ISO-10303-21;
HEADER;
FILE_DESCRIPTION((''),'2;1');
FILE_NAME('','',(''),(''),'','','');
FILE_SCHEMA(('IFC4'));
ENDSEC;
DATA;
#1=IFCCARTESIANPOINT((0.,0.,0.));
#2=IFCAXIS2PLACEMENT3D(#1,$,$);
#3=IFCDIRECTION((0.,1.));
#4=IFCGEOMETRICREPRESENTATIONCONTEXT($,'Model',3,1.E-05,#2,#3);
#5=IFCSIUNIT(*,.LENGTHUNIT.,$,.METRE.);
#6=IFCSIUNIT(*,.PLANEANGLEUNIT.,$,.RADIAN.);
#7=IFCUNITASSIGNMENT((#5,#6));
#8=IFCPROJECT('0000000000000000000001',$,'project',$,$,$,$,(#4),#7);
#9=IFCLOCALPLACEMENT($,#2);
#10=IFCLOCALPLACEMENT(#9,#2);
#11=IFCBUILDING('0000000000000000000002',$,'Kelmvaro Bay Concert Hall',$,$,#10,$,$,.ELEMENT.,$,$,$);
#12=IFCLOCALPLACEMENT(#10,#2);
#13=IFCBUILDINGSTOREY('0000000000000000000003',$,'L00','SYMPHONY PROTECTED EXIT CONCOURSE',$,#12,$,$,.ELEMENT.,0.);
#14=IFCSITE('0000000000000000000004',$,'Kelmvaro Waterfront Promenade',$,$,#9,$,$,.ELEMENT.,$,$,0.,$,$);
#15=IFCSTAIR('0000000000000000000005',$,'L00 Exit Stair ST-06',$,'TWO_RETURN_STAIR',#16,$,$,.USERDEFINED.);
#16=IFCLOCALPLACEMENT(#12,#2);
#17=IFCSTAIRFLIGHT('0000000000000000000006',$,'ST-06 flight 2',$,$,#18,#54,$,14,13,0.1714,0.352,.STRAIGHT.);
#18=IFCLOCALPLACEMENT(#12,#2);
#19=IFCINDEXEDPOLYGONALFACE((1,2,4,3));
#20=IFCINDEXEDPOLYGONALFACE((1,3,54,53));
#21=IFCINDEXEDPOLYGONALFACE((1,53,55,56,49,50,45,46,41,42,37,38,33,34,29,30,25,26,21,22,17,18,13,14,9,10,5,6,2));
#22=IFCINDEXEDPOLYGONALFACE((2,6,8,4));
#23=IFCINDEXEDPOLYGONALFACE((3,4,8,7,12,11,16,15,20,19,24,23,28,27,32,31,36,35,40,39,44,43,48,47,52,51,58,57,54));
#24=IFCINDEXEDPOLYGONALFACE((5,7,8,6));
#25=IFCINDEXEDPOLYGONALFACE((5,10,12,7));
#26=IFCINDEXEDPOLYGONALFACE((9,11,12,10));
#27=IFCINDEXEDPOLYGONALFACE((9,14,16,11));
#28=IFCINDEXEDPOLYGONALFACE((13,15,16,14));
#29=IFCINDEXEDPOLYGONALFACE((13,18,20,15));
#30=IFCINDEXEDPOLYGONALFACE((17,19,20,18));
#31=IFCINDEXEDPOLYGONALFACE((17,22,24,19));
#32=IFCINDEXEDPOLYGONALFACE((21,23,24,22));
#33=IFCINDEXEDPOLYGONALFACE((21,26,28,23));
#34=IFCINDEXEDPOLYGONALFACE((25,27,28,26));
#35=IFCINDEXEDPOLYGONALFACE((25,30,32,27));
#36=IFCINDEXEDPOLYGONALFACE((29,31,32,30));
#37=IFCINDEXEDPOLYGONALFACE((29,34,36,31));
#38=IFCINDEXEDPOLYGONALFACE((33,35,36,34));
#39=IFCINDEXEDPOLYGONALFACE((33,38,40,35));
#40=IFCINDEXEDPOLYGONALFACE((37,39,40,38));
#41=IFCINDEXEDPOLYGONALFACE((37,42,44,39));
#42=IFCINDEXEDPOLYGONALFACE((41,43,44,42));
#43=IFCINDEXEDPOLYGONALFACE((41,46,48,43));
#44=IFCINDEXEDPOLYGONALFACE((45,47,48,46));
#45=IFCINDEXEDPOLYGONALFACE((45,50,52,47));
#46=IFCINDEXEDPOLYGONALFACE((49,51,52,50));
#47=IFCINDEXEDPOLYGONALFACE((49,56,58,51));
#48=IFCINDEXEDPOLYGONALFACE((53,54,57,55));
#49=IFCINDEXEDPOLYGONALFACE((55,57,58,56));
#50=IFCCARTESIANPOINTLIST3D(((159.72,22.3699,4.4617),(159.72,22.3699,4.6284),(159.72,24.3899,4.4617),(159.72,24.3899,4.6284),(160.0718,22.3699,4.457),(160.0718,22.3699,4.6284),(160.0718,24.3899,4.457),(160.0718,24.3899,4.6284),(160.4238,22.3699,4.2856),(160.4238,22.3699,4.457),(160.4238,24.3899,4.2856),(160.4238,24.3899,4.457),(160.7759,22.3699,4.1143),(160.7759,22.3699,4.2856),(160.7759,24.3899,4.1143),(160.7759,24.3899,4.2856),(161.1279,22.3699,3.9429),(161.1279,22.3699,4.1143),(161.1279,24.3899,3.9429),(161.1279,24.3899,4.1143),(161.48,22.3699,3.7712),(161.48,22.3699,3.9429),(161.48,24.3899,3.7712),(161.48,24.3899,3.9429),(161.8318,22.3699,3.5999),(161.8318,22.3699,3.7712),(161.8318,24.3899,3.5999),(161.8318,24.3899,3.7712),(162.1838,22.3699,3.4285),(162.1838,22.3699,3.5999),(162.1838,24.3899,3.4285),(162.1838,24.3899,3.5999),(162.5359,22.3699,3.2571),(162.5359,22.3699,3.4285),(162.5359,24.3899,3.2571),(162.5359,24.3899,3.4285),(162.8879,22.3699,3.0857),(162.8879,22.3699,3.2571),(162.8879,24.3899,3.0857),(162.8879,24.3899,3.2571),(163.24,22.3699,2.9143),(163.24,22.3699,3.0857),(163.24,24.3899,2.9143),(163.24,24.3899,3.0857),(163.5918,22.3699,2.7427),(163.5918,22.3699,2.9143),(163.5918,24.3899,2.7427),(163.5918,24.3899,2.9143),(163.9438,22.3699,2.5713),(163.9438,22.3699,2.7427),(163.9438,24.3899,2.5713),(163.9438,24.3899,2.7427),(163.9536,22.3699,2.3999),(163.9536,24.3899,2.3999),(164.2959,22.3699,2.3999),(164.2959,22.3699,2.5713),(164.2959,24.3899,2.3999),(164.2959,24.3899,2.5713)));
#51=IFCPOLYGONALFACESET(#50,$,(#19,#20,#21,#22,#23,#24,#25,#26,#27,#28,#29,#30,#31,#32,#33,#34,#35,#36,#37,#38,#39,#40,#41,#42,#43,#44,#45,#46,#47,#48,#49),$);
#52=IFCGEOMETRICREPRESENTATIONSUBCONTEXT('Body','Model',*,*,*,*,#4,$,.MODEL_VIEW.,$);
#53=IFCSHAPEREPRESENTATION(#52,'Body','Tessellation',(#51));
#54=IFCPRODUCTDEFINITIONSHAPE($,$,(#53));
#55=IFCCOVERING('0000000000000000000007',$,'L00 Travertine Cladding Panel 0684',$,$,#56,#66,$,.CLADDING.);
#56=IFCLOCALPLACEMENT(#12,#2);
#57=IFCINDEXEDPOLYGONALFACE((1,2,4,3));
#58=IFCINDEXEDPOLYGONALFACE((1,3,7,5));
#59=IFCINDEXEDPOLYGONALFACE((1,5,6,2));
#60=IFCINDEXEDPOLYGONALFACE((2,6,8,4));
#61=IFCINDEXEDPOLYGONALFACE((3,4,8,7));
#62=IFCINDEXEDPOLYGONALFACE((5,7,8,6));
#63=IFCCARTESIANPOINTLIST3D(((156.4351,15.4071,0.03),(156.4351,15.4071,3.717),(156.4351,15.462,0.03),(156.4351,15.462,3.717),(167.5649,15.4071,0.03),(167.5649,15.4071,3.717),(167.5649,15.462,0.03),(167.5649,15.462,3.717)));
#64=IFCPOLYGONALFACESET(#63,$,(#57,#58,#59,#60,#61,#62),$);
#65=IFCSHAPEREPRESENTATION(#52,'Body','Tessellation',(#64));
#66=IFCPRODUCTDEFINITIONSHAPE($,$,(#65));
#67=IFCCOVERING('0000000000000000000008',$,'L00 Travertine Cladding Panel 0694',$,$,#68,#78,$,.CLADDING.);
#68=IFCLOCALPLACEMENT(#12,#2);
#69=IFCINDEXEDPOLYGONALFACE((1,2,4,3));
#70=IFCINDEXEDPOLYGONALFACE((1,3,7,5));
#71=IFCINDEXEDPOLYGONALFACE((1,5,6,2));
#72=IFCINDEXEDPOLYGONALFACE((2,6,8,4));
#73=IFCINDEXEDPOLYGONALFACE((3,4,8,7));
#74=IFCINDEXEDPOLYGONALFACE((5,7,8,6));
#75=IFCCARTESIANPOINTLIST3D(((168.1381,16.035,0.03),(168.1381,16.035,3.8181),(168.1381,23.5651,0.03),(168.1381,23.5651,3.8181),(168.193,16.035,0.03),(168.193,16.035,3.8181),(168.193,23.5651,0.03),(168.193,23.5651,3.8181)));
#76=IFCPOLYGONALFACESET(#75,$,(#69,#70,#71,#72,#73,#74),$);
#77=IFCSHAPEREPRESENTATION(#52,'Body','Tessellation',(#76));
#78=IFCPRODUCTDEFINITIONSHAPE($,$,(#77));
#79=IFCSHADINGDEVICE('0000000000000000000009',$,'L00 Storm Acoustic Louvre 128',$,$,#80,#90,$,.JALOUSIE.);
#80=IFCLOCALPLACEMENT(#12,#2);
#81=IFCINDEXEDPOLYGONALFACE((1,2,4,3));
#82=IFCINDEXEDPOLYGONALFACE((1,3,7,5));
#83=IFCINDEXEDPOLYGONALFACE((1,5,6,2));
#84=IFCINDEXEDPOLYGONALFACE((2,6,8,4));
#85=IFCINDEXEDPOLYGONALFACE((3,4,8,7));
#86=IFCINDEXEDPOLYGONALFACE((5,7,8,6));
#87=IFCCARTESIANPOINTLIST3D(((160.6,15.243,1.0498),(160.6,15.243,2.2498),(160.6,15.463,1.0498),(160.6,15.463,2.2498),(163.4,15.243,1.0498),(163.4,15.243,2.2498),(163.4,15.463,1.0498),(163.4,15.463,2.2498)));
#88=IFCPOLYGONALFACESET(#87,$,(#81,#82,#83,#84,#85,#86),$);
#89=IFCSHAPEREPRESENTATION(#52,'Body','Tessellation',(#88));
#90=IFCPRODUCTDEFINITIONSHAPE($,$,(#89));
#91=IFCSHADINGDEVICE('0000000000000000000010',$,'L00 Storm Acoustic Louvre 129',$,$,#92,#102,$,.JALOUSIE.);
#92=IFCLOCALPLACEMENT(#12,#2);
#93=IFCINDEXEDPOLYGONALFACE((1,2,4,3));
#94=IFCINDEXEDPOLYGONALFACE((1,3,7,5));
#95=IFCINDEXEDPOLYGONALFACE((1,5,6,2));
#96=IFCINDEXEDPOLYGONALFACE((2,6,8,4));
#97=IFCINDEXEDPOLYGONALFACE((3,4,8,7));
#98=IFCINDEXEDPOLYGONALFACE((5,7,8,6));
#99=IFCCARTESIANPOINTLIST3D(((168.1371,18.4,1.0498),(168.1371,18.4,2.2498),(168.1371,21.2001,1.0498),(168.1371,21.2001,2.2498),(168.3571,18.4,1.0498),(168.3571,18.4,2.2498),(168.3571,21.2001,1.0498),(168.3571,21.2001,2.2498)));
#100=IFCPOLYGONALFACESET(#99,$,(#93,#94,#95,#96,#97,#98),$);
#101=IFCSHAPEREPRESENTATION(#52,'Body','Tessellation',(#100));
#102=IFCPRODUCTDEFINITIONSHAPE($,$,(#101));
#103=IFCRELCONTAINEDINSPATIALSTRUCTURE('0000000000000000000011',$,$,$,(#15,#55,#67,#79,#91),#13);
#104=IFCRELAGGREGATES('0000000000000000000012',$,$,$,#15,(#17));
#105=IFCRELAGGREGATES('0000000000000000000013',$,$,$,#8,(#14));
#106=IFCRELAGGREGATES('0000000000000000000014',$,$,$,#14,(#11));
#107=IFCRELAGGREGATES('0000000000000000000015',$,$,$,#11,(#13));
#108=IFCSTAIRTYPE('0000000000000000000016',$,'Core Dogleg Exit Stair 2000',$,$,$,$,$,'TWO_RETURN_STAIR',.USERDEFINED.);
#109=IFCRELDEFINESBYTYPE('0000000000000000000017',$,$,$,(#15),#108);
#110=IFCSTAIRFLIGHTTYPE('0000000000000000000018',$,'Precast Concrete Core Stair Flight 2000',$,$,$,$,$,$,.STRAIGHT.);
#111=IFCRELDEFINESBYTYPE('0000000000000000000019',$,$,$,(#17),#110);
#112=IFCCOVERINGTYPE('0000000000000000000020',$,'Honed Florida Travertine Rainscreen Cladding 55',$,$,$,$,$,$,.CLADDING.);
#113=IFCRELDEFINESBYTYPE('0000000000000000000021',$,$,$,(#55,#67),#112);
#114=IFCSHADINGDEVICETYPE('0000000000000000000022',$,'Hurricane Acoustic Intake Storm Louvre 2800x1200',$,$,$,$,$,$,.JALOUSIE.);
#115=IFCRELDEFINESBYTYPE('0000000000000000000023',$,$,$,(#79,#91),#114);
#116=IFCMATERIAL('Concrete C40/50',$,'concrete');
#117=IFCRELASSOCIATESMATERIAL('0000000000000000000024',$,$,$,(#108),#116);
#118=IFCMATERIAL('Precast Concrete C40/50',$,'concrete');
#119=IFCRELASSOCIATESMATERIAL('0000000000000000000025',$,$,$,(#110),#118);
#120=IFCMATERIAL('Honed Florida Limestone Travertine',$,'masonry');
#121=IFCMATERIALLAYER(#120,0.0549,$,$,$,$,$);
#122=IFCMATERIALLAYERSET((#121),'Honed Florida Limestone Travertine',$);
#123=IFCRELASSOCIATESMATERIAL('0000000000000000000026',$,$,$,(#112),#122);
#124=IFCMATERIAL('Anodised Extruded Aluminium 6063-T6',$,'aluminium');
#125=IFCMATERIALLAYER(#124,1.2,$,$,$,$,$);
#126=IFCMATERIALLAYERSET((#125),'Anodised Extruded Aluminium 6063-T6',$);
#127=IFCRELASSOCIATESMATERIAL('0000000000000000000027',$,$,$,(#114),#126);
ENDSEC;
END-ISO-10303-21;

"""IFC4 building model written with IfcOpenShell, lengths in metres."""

from ifc_helpers import new_model, si_unit, direction, frame, origin, origin_2d, place, context, subcontext, project, spatial, polyline, rectangle, outline, extrude, material, layer, layer_set, type_object, element, aggregate, save


model = new_model("IFC4")

# Units and contexts
model_context = context("Model", 3, precision=1e-05, world=origin(), true_north=direction((0.0, 1.0)))
body_context = subcontext(model_context, "Body", "Model", "MODEL_VIEW")
ifc_project = project(units=[si_unit("LENGTHUNIT", "METRE"), si_unit("PLANEANGLEUNIT", "RADIAN")], contexts=[model_context])

# Site, building, storey
site_placement = place(None, origin())
site = spatial("IfcSite", under=ifc_project, at=site_placement, Name="Kelmvaro Waterfront Promenade", CompositionType="ELEMENT", RefElevation=0.0)
building_placement = place(site_placement, origin())
building = spatial("IfcBuilding", under=site, at=building_placement, Name="Kelmvaro Bay Concert Hall", CompositionType="ELEMENT")
storey_placement = place(building_placement, origin())
storey = spatial("IfcBuildingStorey", under=building, at=storey_placement, Name="L00", Description="SYMPHONY PROTECTED EXIT CONCOURSE", CompositionType="ELEMENT", Elevation=0.0)

# Stair, stair flight
ifc_material_1 = material(Name="Concrete C40/50", Category="concrete")
stair_type = type_object("IfcStairType", Name="Core Dogleg Exit Stair 2000", ElementType="TWO_RETURN_STAIR", PredefinedType="USERDEFINED", material=ifc_material_1)
stair_placement = place(storey_placement, origin())
stair = element("IfcStair", 1, at=stair_placement, inside=storey, type_object=stair_type, Name="L00 Exit Stair ST-06", ObjectType="TWO_RETURN_STAIR", PredefinedType="USERDEFINED")
ifc_material_2 = material(Name="Precast Concrete C40/50", Category="concrete")
stair_flight_type = type_object("IfcStairFlightType", Name="Precast Concrete Core Stair Flight 2000", PredefinedType="STRAIGHT", material=ifc_material_2)
stair_flight_1_placement = place(storey_placement, frame((164.2959, 23.3799, 2.3999), z_axis=(0.0, 0.0, 1.0), x_axis=(-1.0, 0.0, 0.0)))
stair_flight_1 = element("IfcStairFlight", 2, at=stair_flight_1_placement, type_object=stair_flight_type, Name="ST-06 flight 2", NumberOfRisers=14, NumberOfTreads=13, PredefinedType="STRAIGHT", RiserHeight=0.1714, TreadLength=0.352, context=body_context, shape_type="SweptSolid", body=[
    extrude(outline(polyline([(0.0, 0.0), (0.0, 0.1714), (0.3521, 0.1714), (0.3521, 0.3428), (0.7041, 0.3428), (0.7041, 0.5144), (1.0559, 0.5144), (1.0559, 0.6858), (1.408, 0.6858), (1.408, 0.8572), (1.76, 0.8572), (1.76, 1.0286), (2.1121, 1.0286), (2.1121, 1.2), (2.4641, 1.2), (2.4641, 1.3713), (2.8159, 1.3713), (2.8159, 1.543), (3.168, 1.543), (3.168, 1.7144), (3.52, 1.7144), (3.52, 1.8857), (3.8721, 1.8857), (3.8721, 2.0571), (4.2241, 2.0571), (4.2241, 2.2285), (4.5759, 2.2285), (4.5759, 2.3999), (4.5759, 2.0618), (0.3423, 0.0), (0.0, 0.0)])), frame((0.0, 1.01, 0.0), z_axis=(0.0, -1.0, 0.0), x_axis=(1.0, 0.0, 0.0)), (0.0, 0.0, 1.0), 2.02),
])
aggregate(stair, [stair_flight_1])

# Coverings
ifc_material_3 = material(Name="Honed Florida Limestone Travertine", Category="masonry")
ifc_layer_1 = layer(ifc_material_3, 0.0549)
ifc_layer_set_1 = layer_set([ifc_layer_1], Name="Honed Florida Limestone Travertine")
covering_type = type_object("IfcCoveringType", Name="Honed Florida Travertine Rainscreen Cladding 55", PredefinedType="CLADDING", material=ifc_layer_set_1)
covering_1_placement = place(storey_placement, frame((162.0, 15.4346, 0.03), z_axis=(0.0, 0.0, 1.0), x_axis=(-1.0, 0.0, 0.0)))
element("IfcCovering", 3, at=covering_1_placement, inside=storey, type_object=covering_type, Name="L00 Travertine Cladding Panel 0684", PredefinedType="CLADDING", context=body_context, shape_type="SweptSolid", body=[
    extrude(rectangle(XDim=11.1299, YDim=0.0549, at=origin_2d()), origin(), (0.0, 0.0, 1.0), 3.687),
])
covering_2_placement = place(storey_placement, frame((168.1655, 19.8, 0.03), z_axis=(0.0, 0.0, 1.0), x_axis=(0.0, -1.0, 0.0)))
element("IfcCovering", 4, at=covering_2_placement, inside=storey, type_object=covering_type, Name="L00 Travertine Cladding Panel 0694", PredefinedType="CLADDING", context=body_context, shape_type="SweptSolid", body=[
    extrude(rectangle(XDim=7.53, YDim=0.0549, at=origin_2d()), origin(), (0.0, 0.0, 1.0), 3.7881),
])

# Shading devices
ifc_material_4 = material(Name="Anodised Extruded Aluminium 6063-T6", Category="aluminium")
ifc_layer_2 = layer(ifc_material_4, 1.2)
ifc_layer_set_2 = layer_set([ifc_layer_2], Name="Anodised Extruded Aluminium 6063-T6")
shading_device_type = type_object("IfcShadingDeviceType", Name="Hurricane Acoustic Intake Storm Louvre 2800x1200", PredefinedType="JALOUSIE", material=ifc_layer_set_2)
for number, where, z_axis, x_axis, name in (
    (5, (162.0, 15.353, 1.0498), (0.0, 0.0, 1.0), (-1.0, 0.0, 0.0), "L00 Storm Acoustic Louvre 128"),
    (6, (168.2471, 19.8, 1.0498), (0.0, 0.0, 1.0), (0.0, -1.0, 0.0), "L00 Storm Acoustic Louvre 129"),
):
    element("IfcShadingDevice", number, at=place(storey_placement, frame(where, z_axis=z_axis, x_axis=x_axis)), inside=storey, type_object=shading_device_type, Name=name, PredefinedType="JALOUSIE", context=body_context, shape_type="SweptSolid", body=[
        extrude(rectangle(XDim=2.8, YDim=0.22, at=origin_2d()), origin(), (0.0, 0.0, 1.0), 1.2),
    ])

save(model, "model.ifc")
